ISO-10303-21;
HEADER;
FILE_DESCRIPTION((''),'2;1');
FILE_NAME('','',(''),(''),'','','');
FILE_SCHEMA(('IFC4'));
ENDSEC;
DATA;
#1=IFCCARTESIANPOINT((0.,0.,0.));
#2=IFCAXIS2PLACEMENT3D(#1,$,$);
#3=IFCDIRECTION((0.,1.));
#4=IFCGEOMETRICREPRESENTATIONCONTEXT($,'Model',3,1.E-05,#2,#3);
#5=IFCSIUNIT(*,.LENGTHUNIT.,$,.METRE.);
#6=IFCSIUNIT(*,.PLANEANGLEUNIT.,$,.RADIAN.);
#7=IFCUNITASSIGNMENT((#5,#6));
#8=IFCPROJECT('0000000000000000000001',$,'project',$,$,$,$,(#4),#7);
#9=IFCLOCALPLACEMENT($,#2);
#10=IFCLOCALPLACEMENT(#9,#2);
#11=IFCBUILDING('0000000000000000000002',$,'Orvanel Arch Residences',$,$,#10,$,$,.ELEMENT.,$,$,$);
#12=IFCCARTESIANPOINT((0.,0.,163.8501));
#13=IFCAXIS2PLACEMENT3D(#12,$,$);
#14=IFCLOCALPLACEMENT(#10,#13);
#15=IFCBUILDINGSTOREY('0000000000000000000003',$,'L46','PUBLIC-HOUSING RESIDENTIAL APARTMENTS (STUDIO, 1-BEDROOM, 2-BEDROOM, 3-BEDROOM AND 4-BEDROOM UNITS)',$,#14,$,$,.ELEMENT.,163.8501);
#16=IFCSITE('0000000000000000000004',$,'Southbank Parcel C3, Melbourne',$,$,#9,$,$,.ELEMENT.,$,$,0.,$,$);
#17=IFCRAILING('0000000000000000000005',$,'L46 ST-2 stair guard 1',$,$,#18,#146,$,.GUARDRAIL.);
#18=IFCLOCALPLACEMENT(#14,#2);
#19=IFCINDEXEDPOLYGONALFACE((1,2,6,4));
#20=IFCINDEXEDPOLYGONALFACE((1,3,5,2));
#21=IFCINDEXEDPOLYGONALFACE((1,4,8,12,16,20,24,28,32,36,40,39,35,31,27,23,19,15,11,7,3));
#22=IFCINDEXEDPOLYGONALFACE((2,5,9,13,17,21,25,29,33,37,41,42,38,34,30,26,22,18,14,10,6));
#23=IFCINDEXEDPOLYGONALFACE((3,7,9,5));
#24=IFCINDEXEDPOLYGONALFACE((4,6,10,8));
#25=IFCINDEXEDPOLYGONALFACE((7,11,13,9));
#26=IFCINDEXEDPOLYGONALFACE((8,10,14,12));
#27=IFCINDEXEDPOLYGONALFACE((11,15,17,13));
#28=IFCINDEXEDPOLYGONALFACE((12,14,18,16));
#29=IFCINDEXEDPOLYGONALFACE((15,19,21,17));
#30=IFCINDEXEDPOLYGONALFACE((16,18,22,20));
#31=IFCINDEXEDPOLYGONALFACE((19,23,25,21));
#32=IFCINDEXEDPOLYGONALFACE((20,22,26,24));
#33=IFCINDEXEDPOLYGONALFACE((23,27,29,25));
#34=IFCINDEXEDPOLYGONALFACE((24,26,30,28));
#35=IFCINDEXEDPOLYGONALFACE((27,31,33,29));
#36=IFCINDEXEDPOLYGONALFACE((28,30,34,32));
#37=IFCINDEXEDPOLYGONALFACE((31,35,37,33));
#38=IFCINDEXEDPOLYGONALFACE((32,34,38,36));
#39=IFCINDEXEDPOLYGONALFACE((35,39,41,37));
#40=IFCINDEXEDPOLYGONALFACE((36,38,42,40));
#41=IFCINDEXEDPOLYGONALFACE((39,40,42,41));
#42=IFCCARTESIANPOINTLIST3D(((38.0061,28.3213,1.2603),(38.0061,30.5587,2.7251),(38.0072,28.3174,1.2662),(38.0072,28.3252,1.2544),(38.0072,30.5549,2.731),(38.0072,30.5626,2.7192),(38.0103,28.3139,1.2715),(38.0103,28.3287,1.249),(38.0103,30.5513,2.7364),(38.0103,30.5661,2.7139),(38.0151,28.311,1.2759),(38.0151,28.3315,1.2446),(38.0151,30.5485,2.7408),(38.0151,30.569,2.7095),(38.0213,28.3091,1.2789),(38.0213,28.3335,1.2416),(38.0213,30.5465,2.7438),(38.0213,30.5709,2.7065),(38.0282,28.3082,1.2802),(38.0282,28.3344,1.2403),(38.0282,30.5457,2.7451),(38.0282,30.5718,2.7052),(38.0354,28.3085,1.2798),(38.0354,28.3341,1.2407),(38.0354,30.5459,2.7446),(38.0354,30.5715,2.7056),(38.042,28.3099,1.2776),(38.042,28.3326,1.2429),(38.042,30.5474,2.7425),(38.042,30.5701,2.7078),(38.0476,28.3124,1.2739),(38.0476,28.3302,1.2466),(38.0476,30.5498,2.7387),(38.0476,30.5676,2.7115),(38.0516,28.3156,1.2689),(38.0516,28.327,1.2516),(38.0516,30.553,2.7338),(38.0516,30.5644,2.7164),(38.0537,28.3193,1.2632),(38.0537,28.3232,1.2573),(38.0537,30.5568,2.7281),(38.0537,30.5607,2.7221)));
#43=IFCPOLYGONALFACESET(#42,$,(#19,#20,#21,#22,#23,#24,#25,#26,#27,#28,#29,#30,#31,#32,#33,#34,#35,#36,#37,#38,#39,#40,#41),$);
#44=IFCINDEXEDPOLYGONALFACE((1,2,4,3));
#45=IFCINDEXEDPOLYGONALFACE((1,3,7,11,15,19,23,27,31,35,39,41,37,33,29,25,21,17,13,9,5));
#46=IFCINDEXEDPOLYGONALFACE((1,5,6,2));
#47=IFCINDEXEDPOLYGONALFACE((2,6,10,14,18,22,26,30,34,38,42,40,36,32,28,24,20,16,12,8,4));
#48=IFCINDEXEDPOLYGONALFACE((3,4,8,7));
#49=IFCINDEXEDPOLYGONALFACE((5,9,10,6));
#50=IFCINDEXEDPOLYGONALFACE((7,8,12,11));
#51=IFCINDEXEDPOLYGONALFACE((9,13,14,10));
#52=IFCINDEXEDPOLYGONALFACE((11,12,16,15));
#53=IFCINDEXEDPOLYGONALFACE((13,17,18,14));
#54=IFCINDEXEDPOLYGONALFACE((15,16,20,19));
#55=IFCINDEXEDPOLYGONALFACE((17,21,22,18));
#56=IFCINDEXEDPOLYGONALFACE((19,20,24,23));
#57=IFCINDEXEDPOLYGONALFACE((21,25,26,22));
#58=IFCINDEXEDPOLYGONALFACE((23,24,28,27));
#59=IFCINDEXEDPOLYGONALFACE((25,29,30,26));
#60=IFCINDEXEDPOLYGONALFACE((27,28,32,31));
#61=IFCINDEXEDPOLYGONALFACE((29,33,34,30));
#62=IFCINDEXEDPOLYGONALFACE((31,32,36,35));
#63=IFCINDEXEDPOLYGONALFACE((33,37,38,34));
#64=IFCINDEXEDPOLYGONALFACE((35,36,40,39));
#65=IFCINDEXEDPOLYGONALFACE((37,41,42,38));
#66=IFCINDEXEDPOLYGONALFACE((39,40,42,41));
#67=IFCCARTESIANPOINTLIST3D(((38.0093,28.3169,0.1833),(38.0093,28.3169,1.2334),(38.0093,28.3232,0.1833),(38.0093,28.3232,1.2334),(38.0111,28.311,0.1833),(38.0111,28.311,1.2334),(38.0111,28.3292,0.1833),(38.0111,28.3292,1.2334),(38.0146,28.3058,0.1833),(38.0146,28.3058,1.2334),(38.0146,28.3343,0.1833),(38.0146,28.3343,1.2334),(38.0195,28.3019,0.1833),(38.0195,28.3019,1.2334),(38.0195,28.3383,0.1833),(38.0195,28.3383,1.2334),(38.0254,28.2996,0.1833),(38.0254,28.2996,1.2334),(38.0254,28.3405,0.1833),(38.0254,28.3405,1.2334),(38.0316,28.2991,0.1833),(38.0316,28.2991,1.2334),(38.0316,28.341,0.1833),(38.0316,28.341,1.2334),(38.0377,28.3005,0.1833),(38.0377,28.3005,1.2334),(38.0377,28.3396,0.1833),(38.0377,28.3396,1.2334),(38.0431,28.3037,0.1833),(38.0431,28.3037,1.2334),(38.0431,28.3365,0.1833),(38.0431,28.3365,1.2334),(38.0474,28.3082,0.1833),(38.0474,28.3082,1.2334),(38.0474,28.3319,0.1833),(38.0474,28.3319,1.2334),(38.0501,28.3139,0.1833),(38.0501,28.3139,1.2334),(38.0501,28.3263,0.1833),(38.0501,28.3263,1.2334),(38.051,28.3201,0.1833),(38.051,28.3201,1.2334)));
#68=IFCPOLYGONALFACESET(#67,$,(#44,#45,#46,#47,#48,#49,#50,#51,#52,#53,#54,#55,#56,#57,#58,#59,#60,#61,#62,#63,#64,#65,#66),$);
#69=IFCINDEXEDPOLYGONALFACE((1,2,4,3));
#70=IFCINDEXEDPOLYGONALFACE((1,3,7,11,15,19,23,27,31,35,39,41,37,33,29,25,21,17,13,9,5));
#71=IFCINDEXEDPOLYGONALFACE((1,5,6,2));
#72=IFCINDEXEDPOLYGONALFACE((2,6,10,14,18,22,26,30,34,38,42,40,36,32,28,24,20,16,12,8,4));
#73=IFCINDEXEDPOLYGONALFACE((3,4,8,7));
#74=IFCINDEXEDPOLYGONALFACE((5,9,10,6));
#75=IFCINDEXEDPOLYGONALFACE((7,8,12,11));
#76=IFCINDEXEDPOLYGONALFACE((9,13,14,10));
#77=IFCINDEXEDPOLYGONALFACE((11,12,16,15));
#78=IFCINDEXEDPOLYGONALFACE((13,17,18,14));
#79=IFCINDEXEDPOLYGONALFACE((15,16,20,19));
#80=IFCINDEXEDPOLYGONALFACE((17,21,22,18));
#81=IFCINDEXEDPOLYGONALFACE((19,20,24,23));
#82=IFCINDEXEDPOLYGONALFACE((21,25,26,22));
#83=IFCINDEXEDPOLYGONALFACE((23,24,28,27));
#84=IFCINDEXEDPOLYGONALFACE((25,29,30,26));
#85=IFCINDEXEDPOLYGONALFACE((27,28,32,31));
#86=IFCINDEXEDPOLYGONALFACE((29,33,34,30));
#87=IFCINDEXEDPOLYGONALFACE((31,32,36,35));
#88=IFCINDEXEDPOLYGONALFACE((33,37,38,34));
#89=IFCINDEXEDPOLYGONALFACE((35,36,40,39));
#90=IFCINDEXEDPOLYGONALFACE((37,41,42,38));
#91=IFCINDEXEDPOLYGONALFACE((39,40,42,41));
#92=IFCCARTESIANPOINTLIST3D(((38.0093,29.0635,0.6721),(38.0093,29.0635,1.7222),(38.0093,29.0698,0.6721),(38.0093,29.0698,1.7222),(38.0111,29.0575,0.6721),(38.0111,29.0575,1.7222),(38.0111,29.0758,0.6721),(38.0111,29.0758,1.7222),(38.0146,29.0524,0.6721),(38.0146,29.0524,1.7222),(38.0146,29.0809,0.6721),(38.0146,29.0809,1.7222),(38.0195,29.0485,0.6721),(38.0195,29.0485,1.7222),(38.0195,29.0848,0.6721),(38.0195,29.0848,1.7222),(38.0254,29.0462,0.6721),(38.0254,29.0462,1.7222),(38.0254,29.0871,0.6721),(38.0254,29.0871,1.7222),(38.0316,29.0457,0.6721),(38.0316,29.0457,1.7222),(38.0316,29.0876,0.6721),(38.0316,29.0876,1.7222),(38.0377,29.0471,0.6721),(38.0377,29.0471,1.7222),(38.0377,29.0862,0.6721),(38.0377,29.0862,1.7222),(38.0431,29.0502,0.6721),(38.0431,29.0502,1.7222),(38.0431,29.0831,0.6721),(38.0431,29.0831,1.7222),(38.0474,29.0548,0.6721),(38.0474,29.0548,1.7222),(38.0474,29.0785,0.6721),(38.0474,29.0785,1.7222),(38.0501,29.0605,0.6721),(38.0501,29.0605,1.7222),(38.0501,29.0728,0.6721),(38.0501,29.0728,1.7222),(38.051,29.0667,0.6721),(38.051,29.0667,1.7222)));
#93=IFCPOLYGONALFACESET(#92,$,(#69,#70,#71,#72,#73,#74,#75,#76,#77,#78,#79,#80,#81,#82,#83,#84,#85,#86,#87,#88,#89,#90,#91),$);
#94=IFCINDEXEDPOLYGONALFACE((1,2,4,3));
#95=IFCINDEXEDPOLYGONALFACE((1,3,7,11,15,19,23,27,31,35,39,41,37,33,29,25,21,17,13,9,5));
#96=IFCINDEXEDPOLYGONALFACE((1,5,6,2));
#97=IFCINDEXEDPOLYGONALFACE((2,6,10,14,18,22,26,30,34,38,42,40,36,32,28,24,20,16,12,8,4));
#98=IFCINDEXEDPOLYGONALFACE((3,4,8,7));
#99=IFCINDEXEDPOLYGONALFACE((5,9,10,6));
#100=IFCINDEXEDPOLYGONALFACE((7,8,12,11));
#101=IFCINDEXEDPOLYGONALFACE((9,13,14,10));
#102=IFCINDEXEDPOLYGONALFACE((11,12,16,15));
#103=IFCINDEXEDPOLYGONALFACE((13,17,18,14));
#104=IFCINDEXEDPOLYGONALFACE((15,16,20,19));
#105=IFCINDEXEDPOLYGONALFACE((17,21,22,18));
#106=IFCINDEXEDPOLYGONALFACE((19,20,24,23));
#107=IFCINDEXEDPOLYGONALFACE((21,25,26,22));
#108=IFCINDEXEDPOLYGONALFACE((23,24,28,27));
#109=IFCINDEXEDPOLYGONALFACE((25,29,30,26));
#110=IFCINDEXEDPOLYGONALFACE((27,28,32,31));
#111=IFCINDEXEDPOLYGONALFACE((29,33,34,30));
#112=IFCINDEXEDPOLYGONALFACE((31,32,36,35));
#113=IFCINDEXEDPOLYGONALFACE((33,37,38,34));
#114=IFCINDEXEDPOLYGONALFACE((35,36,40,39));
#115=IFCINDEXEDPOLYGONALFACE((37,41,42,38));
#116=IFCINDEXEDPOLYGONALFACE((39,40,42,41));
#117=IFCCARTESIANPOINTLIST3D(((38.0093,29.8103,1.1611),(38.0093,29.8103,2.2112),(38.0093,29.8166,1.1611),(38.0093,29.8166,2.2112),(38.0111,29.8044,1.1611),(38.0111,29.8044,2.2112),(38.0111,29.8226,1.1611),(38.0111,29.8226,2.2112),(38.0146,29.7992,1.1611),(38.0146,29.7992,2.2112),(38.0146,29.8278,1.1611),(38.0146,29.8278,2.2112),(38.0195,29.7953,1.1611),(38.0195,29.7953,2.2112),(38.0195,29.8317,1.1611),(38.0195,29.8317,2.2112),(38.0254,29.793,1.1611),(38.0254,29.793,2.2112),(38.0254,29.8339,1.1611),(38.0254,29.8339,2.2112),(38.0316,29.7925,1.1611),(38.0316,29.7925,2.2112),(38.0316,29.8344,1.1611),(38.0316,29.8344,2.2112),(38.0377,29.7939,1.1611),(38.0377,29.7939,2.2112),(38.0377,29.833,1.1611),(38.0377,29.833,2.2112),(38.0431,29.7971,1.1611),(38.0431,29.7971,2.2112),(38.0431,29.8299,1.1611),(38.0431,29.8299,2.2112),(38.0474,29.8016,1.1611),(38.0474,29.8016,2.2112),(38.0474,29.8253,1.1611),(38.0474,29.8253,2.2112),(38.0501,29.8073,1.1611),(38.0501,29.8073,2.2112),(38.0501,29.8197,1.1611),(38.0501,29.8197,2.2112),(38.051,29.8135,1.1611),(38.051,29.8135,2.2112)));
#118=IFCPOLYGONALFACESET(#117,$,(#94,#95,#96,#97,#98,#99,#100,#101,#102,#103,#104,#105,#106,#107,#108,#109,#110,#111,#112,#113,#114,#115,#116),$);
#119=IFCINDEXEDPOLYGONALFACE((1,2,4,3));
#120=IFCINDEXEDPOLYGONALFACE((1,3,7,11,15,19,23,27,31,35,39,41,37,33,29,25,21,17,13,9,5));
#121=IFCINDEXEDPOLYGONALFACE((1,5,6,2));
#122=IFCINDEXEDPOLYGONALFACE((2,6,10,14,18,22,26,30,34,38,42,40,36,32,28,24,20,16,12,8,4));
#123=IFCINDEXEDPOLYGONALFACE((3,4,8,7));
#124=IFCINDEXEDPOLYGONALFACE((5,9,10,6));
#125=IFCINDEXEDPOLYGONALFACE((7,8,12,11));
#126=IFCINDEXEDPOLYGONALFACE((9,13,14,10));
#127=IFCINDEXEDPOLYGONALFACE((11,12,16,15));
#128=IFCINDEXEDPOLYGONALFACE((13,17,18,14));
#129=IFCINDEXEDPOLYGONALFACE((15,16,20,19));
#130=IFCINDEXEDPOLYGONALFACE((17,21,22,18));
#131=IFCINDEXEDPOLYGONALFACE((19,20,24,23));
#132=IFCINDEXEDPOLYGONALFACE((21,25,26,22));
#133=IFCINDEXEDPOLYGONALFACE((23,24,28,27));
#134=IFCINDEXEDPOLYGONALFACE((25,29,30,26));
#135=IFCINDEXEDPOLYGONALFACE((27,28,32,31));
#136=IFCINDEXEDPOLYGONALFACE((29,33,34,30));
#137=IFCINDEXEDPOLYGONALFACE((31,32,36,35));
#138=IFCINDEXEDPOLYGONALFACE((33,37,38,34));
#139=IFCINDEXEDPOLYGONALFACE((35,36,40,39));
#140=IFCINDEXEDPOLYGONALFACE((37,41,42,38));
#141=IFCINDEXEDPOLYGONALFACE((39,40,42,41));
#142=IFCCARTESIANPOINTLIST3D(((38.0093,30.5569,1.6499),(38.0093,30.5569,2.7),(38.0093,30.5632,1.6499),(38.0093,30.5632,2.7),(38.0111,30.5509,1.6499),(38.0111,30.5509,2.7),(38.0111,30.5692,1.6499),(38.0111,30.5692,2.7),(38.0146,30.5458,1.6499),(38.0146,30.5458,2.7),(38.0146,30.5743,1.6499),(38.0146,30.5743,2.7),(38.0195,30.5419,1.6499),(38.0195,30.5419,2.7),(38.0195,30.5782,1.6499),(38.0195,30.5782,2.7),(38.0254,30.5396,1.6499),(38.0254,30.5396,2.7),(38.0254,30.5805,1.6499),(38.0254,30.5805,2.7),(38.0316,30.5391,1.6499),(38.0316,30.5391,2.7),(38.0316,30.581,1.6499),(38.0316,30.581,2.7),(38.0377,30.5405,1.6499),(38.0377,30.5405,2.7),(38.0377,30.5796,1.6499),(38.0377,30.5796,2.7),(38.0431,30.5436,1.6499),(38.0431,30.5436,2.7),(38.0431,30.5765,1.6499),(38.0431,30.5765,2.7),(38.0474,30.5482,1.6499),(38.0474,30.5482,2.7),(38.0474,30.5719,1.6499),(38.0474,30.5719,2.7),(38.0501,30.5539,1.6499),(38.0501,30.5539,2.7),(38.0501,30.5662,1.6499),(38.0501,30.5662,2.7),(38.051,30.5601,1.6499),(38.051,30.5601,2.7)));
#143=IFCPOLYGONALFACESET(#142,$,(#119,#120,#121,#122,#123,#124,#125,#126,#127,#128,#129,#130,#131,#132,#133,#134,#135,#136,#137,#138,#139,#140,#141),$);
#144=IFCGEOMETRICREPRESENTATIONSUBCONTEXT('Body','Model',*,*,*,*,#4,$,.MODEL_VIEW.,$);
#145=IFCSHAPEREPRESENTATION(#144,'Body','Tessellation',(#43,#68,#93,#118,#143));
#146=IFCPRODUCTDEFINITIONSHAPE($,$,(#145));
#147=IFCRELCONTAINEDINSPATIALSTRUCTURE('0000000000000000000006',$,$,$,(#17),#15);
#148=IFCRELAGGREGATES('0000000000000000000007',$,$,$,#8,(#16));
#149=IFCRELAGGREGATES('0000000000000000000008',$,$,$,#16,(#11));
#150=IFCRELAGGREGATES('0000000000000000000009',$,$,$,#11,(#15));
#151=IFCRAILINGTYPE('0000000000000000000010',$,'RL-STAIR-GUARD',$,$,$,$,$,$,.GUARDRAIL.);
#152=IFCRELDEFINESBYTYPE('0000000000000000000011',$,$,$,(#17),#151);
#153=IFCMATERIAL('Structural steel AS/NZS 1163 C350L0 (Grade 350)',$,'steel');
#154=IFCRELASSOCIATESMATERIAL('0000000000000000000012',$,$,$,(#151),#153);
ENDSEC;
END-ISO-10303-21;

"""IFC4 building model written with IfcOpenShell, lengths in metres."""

from ifc_helpers import new_model, si_unit, direction, frame, origin, origin_2d, place, context, subcontext, project, spatial, circle, extrude, material, type_object, element, save


model = new_model("IFC4")

# Units and contexts
model_context = context("Model", 3, precision=1e-05, world=origin(), true_north=direction((0.0, 1.0)))
body_context = subcontext(model_context, "Body", "Model", "MODEL_VIEW")
ifc_project = project(units=[si_unit("LENGTHUNIT", "METRE"), si_unit("PLANEANGLEUNIT", "RADIAN")], contexts=[model_context])

# Site, building, storey
site_placement = place(None, origin())
site = spatial("IfcSite", under=ifc_project, at=site_placement, Name="Southbank Parcel C3, Melbourne", CompositionType="ELEMENT", RefElevation=0.0)
building_placement = place(site_placement, origin())
building = spatial("IfcBuilding", under=site, at=building_placement, Name="Orvanel Arch Residences", CompositionType="ELEMENT")
storey_placement = place(building_placement, frame((0.0, 0.0, 163.8501)))
storey = spatial("IfcBuildingStorey", under=building, at=storey_placement, Name="L46", Description="PUBLIC-HOUSING RESIDENTIAL APARTMENTS (STUDIO, 1-BEDROOM, 2-BEDROOM, 3-BEDROOM AND 4-BEDROOM UNITS)", CompositionType="ELEMENT", Elevation=163.8501)

# Railing
ifc_material_1 = material(Name="Structural steel AS/NZS 1163 C350L0 (Grade 350)", Category="steel")
railing_type_1 = type_object("IfcRailingType", Name="RL-STAIR-GUARD", PredefinedType="GUARDRAIL", material=ifc_material_1)
railing_1_placement = place(storey_placement, frame((38.03, 28.3201, 0.1833)))
element("IfcRailing", 1, at=railing_1_placement, inside=storey, type_object=railing_type_1, Name="L46 ST-2 stair guard 1", PredefinedType="GUARDRAIL", context=body_context, shape_type="SweptSolid", body=[
    extrude(circle(Radius=0.0239, at=origin_2d()), frame((0.0, 0.0012, 1.0769), z_axis=(0.0, 0.836637, 0.547758), x_axis=(-1.0, 0.0, 0.0)), (0.0, 0.0, 1.0), 2.6743),
    extrude(circle(Radius=0.021, at=origin_2d()), origin(), (0.0, 0.0, 1.0), 1.05),
    extrude(circle(Radius=0.021, at=origin_2d()), frame((0.0, 0.7466, 0.4888)), (0.0, 0.0, 1.0), 1.05),
    extrude(circle(Radius=0.021, at=origin_2d()), frame((0.0, 1.4934, 0.9778)), (0.0, 0.0, 1.0), 1.05),
    extrude(circle(Radius=0.021, at=origin_2d()), frame((0.0, 2.24, 1.4666)), (0.0, 0.0, 1.0), 1.05),
])

save(model, "model.ifc")
